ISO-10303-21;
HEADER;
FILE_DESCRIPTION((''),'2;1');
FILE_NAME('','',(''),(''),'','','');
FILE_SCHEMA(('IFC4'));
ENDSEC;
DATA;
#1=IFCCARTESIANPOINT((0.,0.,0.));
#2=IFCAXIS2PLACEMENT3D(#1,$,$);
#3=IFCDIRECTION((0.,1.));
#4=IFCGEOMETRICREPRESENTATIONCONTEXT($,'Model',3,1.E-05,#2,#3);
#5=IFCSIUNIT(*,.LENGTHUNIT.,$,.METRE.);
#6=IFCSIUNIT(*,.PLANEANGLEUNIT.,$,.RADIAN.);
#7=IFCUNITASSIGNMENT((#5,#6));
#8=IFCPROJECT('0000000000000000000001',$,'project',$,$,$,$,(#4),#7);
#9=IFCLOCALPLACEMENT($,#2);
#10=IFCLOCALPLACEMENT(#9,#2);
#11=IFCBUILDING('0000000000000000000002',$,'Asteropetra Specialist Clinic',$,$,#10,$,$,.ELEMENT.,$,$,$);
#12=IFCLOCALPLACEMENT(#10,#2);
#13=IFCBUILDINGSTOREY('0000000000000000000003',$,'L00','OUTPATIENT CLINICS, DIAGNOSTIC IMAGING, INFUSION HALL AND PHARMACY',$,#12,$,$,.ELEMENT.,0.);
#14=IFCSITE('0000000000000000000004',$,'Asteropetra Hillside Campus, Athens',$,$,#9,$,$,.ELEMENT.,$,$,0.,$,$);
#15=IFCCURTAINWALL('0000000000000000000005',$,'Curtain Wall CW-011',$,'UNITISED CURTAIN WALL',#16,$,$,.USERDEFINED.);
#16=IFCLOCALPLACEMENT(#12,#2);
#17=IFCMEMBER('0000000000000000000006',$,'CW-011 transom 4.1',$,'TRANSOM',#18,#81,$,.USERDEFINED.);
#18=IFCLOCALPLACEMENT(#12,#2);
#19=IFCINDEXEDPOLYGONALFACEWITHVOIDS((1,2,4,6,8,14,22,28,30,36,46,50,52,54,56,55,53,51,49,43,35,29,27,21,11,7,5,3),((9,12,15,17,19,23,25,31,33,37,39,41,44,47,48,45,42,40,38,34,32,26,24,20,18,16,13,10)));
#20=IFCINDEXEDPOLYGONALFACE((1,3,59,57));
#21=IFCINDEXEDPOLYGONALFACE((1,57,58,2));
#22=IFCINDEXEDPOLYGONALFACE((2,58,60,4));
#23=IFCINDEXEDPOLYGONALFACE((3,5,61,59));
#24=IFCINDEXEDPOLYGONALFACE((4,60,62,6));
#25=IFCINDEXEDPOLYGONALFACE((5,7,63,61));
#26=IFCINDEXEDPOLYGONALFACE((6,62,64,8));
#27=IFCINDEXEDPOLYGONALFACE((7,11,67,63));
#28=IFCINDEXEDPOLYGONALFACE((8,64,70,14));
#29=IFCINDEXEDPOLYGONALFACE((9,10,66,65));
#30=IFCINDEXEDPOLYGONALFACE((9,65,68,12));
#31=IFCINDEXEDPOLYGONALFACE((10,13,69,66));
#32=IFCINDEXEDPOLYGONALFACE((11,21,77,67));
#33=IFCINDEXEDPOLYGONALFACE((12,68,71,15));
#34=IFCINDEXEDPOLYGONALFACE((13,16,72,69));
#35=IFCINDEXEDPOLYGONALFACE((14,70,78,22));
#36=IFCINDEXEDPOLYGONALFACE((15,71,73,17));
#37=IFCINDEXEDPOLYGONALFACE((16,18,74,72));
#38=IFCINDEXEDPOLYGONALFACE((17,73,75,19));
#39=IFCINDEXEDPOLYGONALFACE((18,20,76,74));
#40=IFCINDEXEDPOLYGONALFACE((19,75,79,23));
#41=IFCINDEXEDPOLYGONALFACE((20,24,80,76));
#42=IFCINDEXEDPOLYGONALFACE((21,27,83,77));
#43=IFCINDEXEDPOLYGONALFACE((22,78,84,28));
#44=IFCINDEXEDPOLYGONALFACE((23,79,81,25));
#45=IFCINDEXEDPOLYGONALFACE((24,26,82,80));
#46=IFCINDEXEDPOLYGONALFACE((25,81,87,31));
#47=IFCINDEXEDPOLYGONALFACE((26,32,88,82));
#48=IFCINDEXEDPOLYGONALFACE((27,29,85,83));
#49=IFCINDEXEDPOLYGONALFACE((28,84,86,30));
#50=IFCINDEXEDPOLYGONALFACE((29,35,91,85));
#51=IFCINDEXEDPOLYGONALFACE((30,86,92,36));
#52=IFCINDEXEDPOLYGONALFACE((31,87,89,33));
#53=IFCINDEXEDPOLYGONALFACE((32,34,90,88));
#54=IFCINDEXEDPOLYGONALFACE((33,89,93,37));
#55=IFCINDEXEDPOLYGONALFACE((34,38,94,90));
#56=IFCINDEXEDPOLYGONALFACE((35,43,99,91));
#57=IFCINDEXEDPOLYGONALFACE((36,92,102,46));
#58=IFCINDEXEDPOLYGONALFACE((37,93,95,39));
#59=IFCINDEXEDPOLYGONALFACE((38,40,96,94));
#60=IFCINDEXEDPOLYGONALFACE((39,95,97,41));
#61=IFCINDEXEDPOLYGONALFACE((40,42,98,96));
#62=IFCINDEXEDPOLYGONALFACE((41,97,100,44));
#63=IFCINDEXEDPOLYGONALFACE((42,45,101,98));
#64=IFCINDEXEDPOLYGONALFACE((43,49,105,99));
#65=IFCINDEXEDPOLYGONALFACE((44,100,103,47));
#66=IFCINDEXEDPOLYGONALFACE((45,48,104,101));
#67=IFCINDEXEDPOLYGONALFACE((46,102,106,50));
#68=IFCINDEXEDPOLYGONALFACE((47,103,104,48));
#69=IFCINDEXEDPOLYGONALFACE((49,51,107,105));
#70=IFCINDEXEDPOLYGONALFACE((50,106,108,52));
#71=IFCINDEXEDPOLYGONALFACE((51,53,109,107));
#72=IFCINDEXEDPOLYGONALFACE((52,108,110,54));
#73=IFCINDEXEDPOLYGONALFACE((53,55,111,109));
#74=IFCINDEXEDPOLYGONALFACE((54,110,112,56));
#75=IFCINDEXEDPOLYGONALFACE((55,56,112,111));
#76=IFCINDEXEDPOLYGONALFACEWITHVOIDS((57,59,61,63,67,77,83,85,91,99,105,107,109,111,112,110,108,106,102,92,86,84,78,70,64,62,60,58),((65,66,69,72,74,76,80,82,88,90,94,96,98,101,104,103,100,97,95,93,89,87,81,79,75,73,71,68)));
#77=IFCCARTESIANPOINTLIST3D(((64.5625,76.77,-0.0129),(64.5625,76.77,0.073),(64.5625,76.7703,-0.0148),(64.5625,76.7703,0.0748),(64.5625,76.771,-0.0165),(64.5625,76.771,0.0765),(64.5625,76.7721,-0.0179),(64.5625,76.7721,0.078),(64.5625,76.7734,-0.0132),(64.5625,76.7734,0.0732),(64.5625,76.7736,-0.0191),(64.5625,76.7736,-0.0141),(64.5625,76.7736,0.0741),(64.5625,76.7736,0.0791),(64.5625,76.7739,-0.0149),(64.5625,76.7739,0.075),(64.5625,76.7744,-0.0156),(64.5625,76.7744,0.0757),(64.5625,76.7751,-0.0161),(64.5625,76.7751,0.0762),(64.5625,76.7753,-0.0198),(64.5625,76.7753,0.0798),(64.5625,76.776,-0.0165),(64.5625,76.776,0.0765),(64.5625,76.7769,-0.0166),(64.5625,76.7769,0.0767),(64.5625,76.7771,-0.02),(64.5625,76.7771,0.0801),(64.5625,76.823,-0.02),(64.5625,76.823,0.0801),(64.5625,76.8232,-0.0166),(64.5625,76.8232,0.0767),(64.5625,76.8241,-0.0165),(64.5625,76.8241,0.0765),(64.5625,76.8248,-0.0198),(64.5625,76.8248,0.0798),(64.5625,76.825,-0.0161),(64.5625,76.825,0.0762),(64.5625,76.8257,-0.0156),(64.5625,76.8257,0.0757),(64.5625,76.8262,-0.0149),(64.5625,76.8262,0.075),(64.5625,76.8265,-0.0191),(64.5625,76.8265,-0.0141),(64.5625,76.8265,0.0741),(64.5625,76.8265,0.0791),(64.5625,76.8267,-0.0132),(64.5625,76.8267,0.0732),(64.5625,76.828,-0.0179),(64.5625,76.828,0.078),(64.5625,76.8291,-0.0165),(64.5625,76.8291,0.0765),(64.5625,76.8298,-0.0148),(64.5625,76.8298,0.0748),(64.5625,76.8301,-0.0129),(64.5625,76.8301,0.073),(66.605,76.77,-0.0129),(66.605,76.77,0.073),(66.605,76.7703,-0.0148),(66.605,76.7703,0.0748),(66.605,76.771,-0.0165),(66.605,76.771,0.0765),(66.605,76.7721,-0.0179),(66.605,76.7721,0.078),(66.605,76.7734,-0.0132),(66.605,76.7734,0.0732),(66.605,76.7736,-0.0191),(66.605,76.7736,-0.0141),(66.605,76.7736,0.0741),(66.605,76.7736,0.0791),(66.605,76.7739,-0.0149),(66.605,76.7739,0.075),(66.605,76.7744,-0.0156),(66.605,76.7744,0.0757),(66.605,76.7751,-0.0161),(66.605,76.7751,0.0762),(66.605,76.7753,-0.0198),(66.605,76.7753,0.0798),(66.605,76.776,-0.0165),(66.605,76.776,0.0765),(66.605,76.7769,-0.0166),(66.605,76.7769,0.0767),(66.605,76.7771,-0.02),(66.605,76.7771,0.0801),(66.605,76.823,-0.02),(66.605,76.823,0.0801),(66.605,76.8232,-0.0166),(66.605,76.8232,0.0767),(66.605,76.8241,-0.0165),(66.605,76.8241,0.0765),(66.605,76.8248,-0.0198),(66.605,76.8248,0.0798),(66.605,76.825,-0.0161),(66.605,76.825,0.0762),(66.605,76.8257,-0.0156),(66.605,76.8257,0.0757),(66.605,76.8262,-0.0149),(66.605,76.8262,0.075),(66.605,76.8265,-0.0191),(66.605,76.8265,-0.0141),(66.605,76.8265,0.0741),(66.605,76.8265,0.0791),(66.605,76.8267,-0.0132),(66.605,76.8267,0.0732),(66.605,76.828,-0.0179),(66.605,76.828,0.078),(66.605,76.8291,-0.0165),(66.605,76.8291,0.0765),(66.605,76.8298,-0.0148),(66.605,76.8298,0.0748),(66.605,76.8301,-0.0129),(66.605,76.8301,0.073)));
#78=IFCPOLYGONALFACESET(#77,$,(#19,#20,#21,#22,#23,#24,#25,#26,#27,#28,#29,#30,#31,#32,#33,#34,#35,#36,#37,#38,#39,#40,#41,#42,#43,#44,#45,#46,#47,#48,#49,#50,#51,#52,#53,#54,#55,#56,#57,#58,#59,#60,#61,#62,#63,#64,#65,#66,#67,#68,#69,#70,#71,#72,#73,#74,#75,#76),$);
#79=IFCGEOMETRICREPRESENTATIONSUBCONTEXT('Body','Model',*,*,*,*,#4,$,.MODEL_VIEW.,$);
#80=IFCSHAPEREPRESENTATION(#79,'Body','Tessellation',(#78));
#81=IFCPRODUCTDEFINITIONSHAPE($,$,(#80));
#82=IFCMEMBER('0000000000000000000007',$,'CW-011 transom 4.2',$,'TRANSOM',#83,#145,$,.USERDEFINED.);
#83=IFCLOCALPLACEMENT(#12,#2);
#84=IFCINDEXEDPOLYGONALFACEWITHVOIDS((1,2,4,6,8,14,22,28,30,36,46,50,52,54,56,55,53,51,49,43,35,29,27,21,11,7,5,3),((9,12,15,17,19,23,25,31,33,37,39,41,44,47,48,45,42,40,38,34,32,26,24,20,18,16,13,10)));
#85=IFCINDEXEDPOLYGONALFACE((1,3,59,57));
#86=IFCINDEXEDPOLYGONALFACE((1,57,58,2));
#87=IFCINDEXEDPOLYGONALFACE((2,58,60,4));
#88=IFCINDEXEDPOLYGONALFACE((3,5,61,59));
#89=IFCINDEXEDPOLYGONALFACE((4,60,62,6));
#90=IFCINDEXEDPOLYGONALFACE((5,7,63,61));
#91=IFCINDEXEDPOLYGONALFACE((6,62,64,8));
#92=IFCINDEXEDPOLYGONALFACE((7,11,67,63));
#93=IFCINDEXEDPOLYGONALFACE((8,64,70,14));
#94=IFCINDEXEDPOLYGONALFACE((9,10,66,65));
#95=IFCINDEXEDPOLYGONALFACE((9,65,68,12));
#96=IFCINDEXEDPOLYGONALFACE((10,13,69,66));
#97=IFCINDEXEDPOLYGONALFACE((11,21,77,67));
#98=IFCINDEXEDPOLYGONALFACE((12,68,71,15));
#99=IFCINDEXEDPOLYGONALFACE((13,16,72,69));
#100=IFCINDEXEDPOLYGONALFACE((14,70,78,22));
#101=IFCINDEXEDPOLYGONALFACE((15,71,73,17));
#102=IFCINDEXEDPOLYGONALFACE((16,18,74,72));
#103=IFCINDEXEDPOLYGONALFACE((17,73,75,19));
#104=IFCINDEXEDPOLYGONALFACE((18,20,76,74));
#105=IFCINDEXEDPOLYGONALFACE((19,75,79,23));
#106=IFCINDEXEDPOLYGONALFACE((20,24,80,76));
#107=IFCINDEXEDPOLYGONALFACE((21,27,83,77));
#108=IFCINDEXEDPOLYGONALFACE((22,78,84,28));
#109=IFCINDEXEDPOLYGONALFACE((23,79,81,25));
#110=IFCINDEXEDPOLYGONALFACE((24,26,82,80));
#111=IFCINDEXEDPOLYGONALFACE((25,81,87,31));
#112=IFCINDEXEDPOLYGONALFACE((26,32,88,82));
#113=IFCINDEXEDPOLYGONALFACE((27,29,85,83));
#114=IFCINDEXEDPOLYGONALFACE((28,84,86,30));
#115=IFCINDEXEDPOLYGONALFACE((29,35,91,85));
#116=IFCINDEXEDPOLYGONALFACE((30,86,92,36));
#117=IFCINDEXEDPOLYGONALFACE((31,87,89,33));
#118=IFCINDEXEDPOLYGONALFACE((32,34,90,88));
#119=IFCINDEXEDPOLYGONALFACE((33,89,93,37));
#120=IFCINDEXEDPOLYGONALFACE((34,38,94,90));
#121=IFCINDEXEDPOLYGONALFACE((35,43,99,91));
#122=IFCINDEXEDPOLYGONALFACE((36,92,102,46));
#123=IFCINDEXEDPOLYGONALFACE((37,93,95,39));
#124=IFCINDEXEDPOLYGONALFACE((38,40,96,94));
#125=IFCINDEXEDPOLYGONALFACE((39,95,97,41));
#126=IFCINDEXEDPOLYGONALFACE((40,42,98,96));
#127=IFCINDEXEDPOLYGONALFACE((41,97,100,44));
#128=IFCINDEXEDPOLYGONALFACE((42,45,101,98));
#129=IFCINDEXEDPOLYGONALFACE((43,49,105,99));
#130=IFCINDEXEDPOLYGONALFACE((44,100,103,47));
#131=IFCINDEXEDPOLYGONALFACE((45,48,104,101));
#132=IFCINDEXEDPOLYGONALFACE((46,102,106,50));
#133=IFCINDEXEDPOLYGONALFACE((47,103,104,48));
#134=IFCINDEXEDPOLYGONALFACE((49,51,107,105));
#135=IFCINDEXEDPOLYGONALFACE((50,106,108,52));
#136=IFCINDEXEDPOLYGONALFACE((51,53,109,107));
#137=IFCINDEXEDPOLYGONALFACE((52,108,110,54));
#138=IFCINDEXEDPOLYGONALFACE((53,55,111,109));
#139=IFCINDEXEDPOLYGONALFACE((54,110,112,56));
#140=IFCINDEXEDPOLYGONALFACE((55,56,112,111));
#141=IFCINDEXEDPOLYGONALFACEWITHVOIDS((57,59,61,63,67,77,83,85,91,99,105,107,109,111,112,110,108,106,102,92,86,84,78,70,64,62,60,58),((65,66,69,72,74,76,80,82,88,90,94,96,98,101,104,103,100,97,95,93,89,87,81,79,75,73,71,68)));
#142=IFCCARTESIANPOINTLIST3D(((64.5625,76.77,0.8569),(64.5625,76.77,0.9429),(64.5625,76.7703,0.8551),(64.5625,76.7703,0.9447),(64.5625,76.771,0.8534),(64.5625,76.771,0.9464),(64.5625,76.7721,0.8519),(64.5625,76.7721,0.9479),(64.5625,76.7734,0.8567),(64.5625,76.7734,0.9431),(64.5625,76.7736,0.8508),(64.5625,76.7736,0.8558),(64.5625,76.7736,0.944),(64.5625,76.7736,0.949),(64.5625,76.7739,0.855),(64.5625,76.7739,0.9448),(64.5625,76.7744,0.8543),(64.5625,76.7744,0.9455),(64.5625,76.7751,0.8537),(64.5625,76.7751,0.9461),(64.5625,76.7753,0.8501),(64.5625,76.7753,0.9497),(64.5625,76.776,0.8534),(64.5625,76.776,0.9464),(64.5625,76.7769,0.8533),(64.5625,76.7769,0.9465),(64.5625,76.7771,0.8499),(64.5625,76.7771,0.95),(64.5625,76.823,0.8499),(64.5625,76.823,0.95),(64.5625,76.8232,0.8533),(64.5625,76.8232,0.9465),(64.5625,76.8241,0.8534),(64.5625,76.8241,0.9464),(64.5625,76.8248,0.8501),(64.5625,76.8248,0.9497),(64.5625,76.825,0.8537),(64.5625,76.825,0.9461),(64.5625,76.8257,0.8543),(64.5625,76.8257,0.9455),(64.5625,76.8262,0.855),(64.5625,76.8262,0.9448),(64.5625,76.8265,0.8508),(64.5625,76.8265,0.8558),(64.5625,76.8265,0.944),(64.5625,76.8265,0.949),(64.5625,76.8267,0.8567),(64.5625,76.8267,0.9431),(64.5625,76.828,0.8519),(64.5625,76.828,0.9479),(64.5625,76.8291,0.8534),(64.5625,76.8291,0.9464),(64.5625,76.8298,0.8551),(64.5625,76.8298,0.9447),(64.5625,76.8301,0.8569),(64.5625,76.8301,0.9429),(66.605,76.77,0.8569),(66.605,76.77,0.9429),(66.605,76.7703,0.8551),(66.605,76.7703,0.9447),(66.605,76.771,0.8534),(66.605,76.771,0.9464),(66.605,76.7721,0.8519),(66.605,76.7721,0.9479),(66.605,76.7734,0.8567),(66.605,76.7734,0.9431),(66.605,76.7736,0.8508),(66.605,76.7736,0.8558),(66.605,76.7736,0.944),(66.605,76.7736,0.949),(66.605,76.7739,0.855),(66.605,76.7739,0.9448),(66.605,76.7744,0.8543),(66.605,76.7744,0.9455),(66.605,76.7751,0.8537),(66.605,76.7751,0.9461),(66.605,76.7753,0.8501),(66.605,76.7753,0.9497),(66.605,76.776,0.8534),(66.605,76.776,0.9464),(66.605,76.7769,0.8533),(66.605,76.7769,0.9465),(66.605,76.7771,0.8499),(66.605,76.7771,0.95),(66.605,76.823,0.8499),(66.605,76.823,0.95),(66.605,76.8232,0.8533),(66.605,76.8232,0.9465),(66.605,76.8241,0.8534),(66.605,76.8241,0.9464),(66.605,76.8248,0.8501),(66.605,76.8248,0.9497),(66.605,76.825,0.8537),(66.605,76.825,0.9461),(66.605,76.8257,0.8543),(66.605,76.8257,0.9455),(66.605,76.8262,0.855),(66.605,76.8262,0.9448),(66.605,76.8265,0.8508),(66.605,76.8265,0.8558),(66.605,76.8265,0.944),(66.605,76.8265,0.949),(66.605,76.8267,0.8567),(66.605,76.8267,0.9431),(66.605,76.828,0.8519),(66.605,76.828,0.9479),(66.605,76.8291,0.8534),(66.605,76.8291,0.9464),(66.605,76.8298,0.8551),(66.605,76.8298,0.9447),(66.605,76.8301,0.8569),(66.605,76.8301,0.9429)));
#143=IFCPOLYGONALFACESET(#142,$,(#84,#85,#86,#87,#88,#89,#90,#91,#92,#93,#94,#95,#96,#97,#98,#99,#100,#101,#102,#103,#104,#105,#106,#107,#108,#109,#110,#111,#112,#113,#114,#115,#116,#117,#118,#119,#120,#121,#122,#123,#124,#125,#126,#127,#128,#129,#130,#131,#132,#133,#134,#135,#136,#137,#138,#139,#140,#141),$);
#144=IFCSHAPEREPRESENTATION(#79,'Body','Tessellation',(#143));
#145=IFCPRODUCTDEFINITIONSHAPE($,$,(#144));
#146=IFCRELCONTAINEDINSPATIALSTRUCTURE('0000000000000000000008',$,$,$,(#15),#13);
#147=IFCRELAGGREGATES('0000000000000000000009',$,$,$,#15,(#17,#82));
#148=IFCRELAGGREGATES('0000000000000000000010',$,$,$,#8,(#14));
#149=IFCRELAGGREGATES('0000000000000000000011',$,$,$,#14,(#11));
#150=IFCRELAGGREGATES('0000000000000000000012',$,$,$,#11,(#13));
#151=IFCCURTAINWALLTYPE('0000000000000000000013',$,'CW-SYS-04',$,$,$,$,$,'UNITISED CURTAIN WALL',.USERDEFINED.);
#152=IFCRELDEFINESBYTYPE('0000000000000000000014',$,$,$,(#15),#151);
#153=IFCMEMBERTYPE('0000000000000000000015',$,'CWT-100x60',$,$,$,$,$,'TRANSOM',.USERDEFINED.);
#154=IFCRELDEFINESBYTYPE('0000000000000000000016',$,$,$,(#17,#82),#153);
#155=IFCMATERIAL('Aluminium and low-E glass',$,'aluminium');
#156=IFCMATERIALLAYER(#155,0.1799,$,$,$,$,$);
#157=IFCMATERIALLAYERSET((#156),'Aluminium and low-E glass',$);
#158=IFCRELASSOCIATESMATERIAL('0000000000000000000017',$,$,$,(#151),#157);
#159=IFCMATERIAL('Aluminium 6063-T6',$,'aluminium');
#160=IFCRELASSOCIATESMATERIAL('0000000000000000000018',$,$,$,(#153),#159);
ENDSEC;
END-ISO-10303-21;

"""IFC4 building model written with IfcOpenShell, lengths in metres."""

from ifc_helpers import new_model, si_unit, direction, frame, origin, origin_2d, place, context, subcontext, project, spatial, hollow_rectangle, extrude, material, layer, layer_set, material_profile, profile_set, type_object, element, aggregate, save


model = new_model("IFC4")

# Units and contexts
model_context = context("Model", 3, precision=1e-05, world=origin(), true_north=direction((0.0, 1.0)))
body_context = subcontext(model_context, "Body", "Model", "MODEL_VIEW")
ifc_project = project(units=[si_unit("LENGTHUNIT", "METRE"), si_unit("PLANEANGLEUNIT", "RADIAN")], contexts=[model_context])

# Site, building, storey
site_placement = place(None, origin())
site = spatial("IfcSite", under=ifc_project, at=site_placement, Name="Asteropetra Hillside Campus, Athens", CompositionType="ELEMENT", RefElevation=0.0)
building_placement = place(site_placement, origin())
building = spatial("IfcBuilding", under=site, at=building_placement, Name="Asteropetra Specialist Clinic", CompositionType="ELEMENT")
storey_placement = place(building_placement, origin())
storey = spatial("IfcBuildingStorey", under=building, at=storey_placement, Name="L00", Description="OUTPATIENT CLINICS, DIAGNOSTIC IMAGING, INFUSION HALL AND PHARMACY", CompositionType="ELEMENT", Elevation=0.0)

# Curtain wall, members
ifc_material_1 = material(Name="Aluminium and low-E glass", Category="aluminium")
ifc_layer_1 = layer(ifc_material_1, 0.1799)
ifc_layer_set_1 = layer_set([ifc_layer_1], Name="Aluminium and low-E glass")
curtain_wall_type_1 = type_object("IfcCurtainWallType", Name="CW-SYS-04", ElementType="UNITISED CURTAIN WALL", PredefinedType="USERDEFINED", material=ifc_layer_set_1)
curtain_wall_1_placement = place(storey_placement, origin())
curtain_wall_1 = element("IfcCurtainWall", 1, at=curtain_wall_1_placement, inside=storey, type_object=curtain_wall_type_1, Name="Curtain Wall CW-011", ObjectType="UNITISED CURTAIN WALL", PredefinedType="USERDEFINED")
ifc_material_2 = material(Name="Aluminium 6063-T6", Category="aluminium")
ifc_material_profile_1 = material_profile(ifc_material_2, hollow_rectangle(XDim=0.0601, YDim=0.1001, WallThickness=0.0034, InnerFilletRadius=0.0034, OuterFilletRadius=0.0071, at=origin_2d()), Name="TRN 100x60x3.5")
ifc_profile_set_1 = profile_set([ifc_material_profile_1], Name="Aluminium 6063-T6")
member_type_1 = type_object("IfcMemberType", Name="CWT-100x60", ElementType="TRANSOM", PredefinedType="USERDEFINED", material=ifc_profile_set_1)
member_1_placement = place(storey_placement, frame((64.5625, 76.8, 0.03), z_axis=(1.0, 0.0, 0.0), x_axis=(0.0, 1.0, 0.0)))
member_1 = element("IfcMember", 2, at=member_1_placement, type_object=member_type_1, Name="CW-011 transom 4.1", ObjectType="TRANSOM", PredefinedType="USERDEFINED", context=body_context, shape_type="SweptSolid", body=[
    extrude(hollow_rectangle(XDim=0.0601, YDim=0.1001, WallThickness=0.0034, InnerFilletRadius=0.0034, OuterFilletRadius=0.0071, at=origin_2d()), origin(), (0.0, 0.0, 1.0), 2.0425),
])
member_2_placement = place(storey_placement, frame((64.5625, 76.8, 0.8999), z_axis=(1.0, 0.0, 0.0), x_axis=(0.0, 1.0, 0.0)))
member_2 = element("IfcMember", 3, at=member_2_placement, type_object=member_type_1, Name="CW-011 transom 4.2", ObjectType="TRANSOM", PredefinedType="USERDEFINED", context=body_context, shape_type="SweptSolid", body=[
    extrude(hollow_rectangle(XDim=0.0601, YDim=0.1001, WallThickness=0.0034, InnerFilletRadius=0.0034, OuterFilletRadius=0.0071, at=origin_2d()), origin(), (0.0, 0.0, 1.0), 2.0425),
])

aggregate(curtain_wall_1, [member_1, member_2])

save(model, "model.ifc")
